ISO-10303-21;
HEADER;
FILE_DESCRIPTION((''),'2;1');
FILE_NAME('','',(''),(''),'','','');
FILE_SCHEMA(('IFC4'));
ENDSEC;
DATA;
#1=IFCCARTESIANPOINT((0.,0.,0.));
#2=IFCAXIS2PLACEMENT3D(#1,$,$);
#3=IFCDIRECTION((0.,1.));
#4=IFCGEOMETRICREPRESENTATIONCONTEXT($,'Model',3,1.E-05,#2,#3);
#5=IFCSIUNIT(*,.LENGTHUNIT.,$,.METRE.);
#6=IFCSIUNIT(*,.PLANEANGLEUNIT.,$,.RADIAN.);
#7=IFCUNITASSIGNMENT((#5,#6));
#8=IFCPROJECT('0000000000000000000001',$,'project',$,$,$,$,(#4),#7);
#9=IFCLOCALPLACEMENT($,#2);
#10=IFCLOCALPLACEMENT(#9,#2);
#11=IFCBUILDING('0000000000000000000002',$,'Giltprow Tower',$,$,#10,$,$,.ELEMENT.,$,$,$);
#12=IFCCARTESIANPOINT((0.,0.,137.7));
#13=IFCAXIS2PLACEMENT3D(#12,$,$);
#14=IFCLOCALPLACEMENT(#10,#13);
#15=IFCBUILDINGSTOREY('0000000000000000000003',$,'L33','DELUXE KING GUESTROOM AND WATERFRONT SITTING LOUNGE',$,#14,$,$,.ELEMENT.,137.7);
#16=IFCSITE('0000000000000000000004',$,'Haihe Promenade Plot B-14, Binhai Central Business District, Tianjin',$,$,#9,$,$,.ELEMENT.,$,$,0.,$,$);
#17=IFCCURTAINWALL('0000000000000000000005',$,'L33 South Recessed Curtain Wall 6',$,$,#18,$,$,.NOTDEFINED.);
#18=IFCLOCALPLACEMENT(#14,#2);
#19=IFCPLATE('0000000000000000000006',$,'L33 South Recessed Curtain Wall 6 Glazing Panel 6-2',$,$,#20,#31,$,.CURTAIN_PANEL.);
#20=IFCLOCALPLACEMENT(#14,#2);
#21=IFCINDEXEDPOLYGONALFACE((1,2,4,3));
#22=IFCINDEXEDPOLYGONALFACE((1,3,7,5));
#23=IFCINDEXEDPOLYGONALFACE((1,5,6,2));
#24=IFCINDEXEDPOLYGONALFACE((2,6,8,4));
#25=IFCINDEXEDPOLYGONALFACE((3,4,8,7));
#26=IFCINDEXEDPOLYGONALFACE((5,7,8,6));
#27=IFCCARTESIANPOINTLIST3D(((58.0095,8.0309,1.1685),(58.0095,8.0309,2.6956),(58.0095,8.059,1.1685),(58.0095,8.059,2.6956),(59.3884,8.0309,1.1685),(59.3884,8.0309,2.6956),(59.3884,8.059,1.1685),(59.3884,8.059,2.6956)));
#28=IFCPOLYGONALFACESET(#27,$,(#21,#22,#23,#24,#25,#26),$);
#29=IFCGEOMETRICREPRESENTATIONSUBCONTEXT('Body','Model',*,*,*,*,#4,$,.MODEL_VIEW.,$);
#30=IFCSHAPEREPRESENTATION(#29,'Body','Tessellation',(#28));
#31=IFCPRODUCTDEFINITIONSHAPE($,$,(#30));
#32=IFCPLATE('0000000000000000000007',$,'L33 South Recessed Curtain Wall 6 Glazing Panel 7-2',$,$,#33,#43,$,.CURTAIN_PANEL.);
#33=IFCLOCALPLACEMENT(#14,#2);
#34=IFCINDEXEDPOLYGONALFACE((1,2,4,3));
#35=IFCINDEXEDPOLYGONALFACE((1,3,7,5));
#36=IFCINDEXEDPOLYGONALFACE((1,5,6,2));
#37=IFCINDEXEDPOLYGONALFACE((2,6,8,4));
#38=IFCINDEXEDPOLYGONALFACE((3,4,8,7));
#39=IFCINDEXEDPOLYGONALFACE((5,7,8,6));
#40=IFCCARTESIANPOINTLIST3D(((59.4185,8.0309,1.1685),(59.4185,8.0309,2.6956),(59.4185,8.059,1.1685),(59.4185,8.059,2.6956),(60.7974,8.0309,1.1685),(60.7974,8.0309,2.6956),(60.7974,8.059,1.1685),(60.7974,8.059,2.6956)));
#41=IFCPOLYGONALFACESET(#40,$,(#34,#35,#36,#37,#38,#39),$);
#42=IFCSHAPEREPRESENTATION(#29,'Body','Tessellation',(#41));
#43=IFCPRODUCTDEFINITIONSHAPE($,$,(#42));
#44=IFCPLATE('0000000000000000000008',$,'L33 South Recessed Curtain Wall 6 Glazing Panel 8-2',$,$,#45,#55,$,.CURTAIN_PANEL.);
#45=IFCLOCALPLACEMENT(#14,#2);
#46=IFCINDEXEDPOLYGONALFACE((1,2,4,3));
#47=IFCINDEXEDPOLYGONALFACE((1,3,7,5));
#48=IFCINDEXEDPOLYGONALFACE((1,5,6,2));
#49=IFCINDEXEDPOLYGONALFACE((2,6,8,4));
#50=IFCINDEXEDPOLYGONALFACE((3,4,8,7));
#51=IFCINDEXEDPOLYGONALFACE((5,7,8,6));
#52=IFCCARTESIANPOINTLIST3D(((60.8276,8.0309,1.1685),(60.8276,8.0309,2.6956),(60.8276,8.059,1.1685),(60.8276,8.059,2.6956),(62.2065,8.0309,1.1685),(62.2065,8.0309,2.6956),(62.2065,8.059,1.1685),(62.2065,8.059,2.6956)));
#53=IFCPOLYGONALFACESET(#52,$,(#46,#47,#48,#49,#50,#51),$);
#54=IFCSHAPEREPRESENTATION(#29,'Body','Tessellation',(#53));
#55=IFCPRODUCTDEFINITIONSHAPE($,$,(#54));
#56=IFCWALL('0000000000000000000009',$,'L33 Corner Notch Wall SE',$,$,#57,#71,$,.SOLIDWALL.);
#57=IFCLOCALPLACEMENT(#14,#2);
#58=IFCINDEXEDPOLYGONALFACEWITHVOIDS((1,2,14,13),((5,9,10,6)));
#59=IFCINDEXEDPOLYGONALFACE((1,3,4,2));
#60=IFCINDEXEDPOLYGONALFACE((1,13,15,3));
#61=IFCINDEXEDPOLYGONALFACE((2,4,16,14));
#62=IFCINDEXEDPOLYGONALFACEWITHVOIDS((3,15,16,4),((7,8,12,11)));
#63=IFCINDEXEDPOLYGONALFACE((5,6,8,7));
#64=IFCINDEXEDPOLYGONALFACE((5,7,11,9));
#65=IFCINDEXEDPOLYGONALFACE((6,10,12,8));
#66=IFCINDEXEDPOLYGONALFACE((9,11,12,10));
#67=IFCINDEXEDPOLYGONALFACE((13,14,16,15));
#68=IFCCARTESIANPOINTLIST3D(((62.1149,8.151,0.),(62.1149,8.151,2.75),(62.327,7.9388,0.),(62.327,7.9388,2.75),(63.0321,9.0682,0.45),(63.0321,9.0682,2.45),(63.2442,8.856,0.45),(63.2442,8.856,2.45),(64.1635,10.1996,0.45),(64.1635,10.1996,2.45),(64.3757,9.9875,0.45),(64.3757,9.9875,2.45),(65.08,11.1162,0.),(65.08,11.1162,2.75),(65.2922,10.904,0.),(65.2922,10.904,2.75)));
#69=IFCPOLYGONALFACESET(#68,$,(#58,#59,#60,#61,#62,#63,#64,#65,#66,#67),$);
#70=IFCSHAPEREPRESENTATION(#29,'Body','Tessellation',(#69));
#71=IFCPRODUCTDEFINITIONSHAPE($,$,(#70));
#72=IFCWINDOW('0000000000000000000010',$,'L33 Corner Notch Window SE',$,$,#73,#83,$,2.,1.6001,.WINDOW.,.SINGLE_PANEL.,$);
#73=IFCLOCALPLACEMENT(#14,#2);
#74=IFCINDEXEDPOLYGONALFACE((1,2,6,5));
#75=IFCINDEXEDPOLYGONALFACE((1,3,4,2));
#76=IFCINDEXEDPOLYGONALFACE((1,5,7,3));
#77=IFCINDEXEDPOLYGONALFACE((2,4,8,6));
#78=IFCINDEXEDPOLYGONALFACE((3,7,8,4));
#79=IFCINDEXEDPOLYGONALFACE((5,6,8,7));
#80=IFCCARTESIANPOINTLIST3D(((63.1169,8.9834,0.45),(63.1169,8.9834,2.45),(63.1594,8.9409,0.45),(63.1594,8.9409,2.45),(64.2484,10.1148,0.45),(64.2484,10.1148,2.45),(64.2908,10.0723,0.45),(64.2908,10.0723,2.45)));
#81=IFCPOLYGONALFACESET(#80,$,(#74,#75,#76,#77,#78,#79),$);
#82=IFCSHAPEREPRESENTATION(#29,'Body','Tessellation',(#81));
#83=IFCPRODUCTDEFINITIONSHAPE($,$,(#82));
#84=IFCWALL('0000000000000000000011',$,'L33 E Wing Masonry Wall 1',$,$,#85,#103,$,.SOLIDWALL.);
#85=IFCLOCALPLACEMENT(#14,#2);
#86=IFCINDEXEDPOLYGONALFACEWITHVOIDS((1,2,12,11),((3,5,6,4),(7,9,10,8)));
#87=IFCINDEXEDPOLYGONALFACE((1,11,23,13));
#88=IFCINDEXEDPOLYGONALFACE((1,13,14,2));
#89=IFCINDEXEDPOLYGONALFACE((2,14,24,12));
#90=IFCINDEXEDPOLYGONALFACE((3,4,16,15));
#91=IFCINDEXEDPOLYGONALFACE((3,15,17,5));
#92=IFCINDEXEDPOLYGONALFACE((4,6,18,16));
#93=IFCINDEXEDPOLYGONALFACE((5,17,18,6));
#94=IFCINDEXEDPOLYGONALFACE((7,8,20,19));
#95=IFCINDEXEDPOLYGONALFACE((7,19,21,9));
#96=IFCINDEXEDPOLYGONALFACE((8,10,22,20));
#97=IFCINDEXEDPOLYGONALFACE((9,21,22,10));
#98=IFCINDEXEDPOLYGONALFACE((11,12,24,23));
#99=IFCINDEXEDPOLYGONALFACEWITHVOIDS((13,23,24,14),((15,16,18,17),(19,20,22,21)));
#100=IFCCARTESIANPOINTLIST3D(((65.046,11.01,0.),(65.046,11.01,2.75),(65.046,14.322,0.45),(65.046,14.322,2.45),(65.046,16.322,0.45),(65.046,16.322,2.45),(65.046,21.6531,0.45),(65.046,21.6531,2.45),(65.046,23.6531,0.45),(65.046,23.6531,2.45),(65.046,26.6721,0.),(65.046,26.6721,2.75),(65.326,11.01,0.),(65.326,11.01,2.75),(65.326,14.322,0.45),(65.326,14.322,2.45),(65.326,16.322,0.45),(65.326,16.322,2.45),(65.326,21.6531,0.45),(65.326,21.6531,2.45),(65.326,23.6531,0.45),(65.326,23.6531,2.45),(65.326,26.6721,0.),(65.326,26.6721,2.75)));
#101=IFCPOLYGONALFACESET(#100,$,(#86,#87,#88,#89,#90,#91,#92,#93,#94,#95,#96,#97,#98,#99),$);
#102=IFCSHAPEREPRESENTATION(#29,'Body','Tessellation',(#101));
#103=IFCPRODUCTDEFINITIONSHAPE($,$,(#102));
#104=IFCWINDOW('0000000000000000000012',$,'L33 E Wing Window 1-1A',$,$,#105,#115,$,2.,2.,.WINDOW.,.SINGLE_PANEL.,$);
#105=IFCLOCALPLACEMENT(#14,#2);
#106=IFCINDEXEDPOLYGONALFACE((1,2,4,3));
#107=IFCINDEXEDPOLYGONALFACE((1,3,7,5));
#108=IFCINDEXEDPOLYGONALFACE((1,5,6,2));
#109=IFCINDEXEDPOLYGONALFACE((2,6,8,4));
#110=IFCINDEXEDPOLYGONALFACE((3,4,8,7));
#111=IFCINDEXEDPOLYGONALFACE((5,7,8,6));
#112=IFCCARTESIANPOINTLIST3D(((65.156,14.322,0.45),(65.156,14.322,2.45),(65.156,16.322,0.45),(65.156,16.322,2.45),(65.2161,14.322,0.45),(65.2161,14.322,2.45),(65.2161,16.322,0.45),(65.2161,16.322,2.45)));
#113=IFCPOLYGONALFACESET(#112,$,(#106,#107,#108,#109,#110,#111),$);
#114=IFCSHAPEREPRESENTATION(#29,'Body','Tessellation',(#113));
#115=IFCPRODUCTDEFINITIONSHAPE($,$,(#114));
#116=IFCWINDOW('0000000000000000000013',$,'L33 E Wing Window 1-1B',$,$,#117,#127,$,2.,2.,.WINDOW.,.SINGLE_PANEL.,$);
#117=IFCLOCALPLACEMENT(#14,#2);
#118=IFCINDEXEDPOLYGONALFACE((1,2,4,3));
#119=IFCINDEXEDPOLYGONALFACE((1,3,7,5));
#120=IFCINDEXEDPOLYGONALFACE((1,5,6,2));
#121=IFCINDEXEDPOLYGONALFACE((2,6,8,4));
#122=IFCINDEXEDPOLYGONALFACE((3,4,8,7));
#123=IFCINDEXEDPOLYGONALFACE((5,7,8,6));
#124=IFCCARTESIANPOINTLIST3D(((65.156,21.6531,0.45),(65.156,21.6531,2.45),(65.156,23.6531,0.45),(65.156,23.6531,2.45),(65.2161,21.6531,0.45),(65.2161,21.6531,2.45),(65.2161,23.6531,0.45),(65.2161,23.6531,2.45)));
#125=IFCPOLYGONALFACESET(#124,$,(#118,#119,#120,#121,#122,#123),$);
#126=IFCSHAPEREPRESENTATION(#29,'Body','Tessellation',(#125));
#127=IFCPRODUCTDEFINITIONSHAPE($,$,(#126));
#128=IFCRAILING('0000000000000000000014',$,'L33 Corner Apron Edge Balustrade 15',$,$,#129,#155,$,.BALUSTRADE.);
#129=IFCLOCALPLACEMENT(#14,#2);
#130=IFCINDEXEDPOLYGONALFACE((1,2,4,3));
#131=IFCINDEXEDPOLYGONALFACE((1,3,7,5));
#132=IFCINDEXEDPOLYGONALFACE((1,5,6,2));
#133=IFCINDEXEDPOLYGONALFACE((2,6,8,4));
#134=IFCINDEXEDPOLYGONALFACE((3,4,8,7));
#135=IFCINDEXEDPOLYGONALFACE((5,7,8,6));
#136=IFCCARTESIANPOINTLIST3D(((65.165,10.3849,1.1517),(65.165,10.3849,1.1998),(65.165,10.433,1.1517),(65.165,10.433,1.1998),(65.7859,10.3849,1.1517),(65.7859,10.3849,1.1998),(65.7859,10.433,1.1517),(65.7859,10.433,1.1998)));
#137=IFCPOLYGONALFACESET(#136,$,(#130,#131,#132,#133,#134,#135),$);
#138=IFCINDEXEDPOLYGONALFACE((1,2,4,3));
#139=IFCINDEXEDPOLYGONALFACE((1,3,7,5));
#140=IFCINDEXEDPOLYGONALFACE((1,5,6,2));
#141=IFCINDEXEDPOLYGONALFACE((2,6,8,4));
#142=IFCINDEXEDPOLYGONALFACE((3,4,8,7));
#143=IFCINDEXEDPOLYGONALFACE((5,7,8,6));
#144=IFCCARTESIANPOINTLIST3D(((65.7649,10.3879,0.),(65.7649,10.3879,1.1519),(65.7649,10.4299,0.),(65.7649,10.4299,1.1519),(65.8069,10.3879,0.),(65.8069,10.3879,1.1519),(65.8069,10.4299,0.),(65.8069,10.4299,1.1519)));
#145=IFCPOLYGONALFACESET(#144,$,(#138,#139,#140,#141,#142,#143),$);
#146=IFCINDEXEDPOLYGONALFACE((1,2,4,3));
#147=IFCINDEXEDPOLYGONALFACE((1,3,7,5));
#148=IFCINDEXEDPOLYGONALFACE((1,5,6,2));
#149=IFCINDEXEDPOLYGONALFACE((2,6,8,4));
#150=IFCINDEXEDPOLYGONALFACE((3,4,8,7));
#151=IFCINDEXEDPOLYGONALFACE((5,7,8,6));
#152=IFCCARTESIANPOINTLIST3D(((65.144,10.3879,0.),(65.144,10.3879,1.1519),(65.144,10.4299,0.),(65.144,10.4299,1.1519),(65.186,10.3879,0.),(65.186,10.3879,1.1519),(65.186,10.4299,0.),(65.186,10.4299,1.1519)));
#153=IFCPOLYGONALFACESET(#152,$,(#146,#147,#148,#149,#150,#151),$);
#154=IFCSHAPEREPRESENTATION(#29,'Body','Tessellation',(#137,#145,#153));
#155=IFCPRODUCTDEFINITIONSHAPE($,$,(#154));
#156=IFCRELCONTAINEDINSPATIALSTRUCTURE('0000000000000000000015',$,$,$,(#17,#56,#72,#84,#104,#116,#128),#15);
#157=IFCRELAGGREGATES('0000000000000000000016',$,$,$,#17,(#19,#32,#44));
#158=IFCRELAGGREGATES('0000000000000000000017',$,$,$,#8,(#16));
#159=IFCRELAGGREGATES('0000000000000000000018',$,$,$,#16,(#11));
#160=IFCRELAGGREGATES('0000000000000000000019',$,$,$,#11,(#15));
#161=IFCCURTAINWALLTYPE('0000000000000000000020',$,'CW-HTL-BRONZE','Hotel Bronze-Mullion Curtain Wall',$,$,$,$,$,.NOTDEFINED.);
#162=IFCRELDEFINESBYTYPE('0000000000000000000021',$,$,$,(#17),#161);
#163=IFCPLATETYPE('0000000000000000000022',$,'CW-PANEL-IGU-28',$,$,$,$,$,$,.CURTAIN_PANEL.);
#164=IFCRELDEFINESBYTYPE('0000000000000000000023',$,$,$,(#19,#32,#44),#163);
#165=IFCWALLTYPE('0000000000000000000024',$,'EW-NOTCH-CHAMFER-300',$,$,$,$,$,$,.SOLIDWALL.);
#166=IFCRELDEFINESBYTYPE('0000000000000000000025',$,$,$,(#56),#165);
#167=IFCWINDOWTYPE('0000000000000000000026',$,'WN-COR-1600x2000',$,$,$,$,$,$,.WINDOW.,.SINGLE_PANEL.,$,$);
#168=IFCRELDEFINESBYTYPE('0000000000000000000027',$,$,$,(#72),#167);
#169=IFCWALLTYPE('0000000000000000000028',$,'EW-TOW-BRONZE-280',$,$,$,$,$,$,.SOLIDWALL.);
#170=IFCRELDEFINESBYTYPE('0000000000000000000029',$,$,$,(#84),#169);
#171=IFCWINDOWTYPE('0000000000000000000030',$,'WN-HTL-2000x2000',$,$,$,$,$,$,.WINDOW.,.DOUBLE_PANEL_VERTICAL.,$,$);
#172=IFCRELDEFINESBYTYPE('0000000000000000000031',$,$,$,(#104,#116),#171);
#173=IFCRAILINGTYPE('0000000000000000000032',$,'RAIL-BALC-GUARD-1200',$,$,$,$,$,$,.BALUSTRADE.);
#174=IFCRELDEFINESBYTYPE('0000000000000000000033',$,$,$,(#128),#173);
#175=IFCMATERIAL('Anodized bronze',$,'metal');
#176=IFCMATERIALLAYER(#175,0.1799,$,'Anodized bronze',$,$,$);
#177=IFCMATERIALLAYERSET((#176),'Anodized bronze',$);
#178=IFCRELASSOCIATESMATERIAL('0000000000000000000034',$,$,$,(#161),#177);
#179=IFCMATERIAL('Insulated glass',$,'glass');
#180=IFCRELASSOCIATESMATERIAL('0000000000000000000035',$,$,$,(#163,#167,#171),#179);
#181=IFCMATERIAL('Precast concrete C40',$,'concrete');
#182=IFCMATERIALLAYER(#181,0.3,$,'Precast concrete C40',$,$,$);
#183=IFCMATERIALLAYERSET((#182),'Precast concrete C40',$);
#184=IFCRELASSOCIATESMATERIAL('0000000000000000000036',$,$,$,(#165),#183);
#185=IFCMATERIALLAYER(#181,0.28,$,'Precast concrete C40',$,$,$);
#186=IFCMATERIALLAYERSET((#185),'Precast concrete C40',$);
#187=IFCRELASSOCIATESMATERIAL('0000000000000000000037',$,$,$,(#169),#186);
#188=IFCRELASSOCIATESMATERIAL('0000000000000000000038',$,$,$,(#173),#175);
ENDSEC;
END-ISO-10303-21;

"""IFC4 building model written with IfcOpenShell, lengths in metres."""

from ifc_helpers import new_model, si_unit, direction, frame, frame_2d, origin, origin_2d, place, context, subcontext, project, spatial, rectangle, extrude, source, transform, mapped, material, layer, layer_set, type_object, element, fill, aggregate, save


model = new_model("IFC4")

# Units and contexts
model_context = context("Model", 3, precision=1e-05, world=origin(), true_north=direction((0.0, 1.0)))
body_context = subcontext(model_context, "Body", "Model", "MODEL_VIEW")
ifc_project = project(units=[si_unit("LENGTHUNIT", "METRE"), si_unit("PLANEANGLEUNIT", "RADIAN")], contexts=[model_context])

# Site, building, storey
site_placement = place(None, origin())
site = spatial("IfcSite", under=ifc_project, at=site_placement, Name="Haihe Promenade Plot B-14, Binhai Central Business District, Tianjin", CompositionType="ELEMENT", RefElevation=0.0)
building_placement = place(site_placement, origin())
building = spatial("IfcBuilding", under=site, at=building_placement, Name="Giltprow Tower", CompositionType="ELEMENT")
storey_placement = place(building_placement, frame((0.0, 0.0, 137.7)))
storey = spatial("IfcBuildingStorey", under=building, at=storey_placement, Name="L33", Description="DELUXE KING GUESTROOM AND WATERFRONT SITTING LOUNGE", CompositionType="ELEMENT", Elevation=137.7)

# Curtain wall, plates
ifc_material_1 = material(Name="Anodized bronze", Category="metal")
ifc_layer_1 = layer(ifc_material_1, 0.1799, Name="Anodized bronze")
ifc_layer_set_1 = layer_set([ifc_layer_1], Name="Anodized bronze")
curtain_wall_type = type_object("IfcCurtainWallType", Name="CW-HTL-BRONZE", Description="Hotel Bronze-Mullion Curtain Wall", PredefinedType="NOTDEFINED", material=ifc_layer_set_1)
curtain_wall_placement = place(storey_placement, origin())
curtain_wall = element("IfcCurtainWall", 1, at=curtain_wall_placement, inside=storey, type_object=curtain_wall_type, Name="L33 South Recessed Curtain Wall 6", PredefinedType="NOTDEFINED")
ifc_material_2 = material(Name="Insulated glass", Category="glass")
plate_type = type_object("IfcPlateType", Name="CW-PANEL-IGU-28", PredefinedType="CURTAIN_PANEL", material=ifc_material_2)
shared_shape_1 = source(origin(), body_context, "Body", "SweptSolid", [
    extrude(rectangle(XDim=1.3789, YDim=0.0281, at=origin_2d()), origin(), (0.0, 0.0, 1.0), 1.5271),
])
plate_1_placement = place(storey_placement, frame((58.699, 8.0449, 1.1685), z_axis=(0.0, 0.0, 1.0), x_axis=(1.0, 0.0, 0.0)))
plate_1 = element("IfcPlate", 2, at=plate_1_placement, type_object=plate_type, Name="L33 South Recessed Curtain Wall 6 Glazing Panel 6-2", PredefinedType="CURTAIN_PANEL", context=body_context, shape_type="MappedRepresentation", body=[
    mapped(shared_shape_1, transform((0.0, 0.0, 0.0), x_axis=(1.0, 0.0, 0.0), y_axis=(0.0, 1.0, 0.0), z_axis=(0.0, 0.0, 1.0), scale=1.0)),
])
plate_2_placement = place(storey_placement, frame((60.1079, 8.0449, 1.1685), z_axis=(0.0, 0.0, 1.0), x_axis=(1.0, 0.0, 0.0)))
plate_2 = element("IfcPlate", 3, at=plate_2_placement, type_object=plate_type, Name="L33 South Recessed Curtain Wall 6 Glazing Panel 7-2", PredefinedType="CURTAIN_PANEL", context=body_context, shape_type="MappedRepresentation", body=[
    mapped(shared_shape_1, transform((0.0, 0.0, 0.0), x_axis=(1.0, 0.0, 0.0), y_axis=(0.0, 1.0, 0.0), z_axis=(0.0, 0.0, 1.0), scale=1.0)),
])
plate_3_placement = place(storey_placement, frame((61.5171, 8.0449, 1.1685), z_axis=(0.0, 0.0, 1.0), x_axis=(1.0, 0.0, 0.0)))
plate_3 = element("IfcPlate", 4, at=plate_3_placement, type_object=plate_type, Name="L33 South Recessed Curtain Wall 6 Glazing Panel 8-2", PredefinedType="CURTAIN_PANEL", context=body_context, shape_type="MappedRepresentation", body=[
    mapped(shared_shape_1, transform((0.0, 0.0, 0.0), x_axis=(1.0, 0.0, 0.0), y_axis=(0.0, 1.0, 0.0), z_axis=(0.0, 0.0, 1.0), scale=1.0)),
])
aggregate(curtain_wall, [plate_1, plate_2, plate_3])

# Wall, opening, window
ifc_material_3 = material(Name="Precast concrete C40", Category="concrete")
ifc_layer_2 = layer(ifc_material_3, 0.3, Name="Precast concrete C40")
ifc_layer_set_2 = layer_set([ifc_layer_2], Name="Precast concrete C40")
wall_type_1 = type_object("IfcWallType", Name="EW-NOTCH-CHAMFER-300", PredefinedType="SOLIDWALL", material=ifc_layer_set_2)
wall_1_placement = place(storey_placement, frame((62.2209, 8.0449, 0.0), z_axis=(0.0, 0.0, 1.0), x_axis=(0.707107, 0.707107, 0.0)))
wall_1 = element("IfcWall", 5, at=wall_1_placement, inside=storey, type_object=wall_type_1, Name="L33 Corner Notch Wall SE", PredefinedType="SOLIDWALL", context=body_context, shape_type="SweptSolid", body=[
    extrude(rectangle(XDim=4.1934, YDim=0.3, at=frame_2d((2.0967, 0.0))), origin(), (0.0, 0.0, 1.0), 2.75),
])
opening_1_placement = place(wall_1_placement, frame((1.2971, 0.0, 0.45)))
opening_1 = element("IfcOpeningElement", 6, at=opening_1_placement, cuts=wall_1, PredefinedType="OPENING", context=body_context, shape_type="SweptSolid", body=[
    extrude(rectangle(XDim=1.6001, YDim=2.0, at=frame_2d((0.8, 1.0))), frame((0.0, 0.1599, 0.0), z_axis=(0.0, -1.0, 0.0), x_axis=(1.0, 0.0, 0.0)), (0.0, 0.0, 1.0), 0.3201),
])
window_type_1 = type_object("IfcWindowType", Name="WN-COR-1600x2000", PartitioningType="SINGLE_PANEL", PredefinedType="WINDOW", material=ifc_material_2)
shared_shape_2 = source(origin(), body_context, "Body", "SweptSolid", [
    extrude(rectangle(XDim=1.6001, YDim=2.0, at=frame_2d((0.8, 1.0))), frame((0.0, 0.03, 0.0), z_axis=(0.0, -1.0, 0.0), x_axis=(1.0, 0.0, 0.0)), (0.0, 0.0, 1.0), 0.0601),
])
window_1_placement = place(opening_1_placement, origin())
window_1 = element("IfcWindow", 7, at=window_1_placement, inside=storey, type_object=window_type_1, Name="L33 Corner Notch Window SE", OverallHeight=2.0, OverallWidth=1.6001, PartitioningType="SINGLE_PANEL", PredefinedType="WINDOW", context=body_context, shape_type="MappedRepresentation", body=[
    mapped(shared_shape_2, transform((0.0, 0.0, 0.0), x_axis=(1.0, 0.0, 0.0), y_axis=(0.0, 1.0, 0.0), z_axis=(0.0, 0.0, 1.0), scale=1.0)),
])
fill(opening_1, window_1)

# Wall, openings, windows
ifc_layer_3 = layer(ifc_material_3, 0.28, Name="Precast concrete C40")
ifc_layer_set_3 = layer_set([ifc_layer_3], Name="Precast concrete C40")
wall_type_2 = type_object("IfcWallType", Name="EW-TOW-BRONZE-280", PredefinedType="SOLIDWALL", material=ifc_layer_set_3)
wall_2_placement = place(storey_placement, frame((65.186, 11.01, 0.0), z_axis=(0.0, 0.0, 1.0), x_axis=(0.0, 1.0, 0.0)))
wall_2 = element("IfcWall", 8, at=wall_2_placement, inside=storey, type_object=wall_type_2, Name="L33 E Wing Masonry Wall 1", PredefinedType="SOLIDWALL", context=body_context, shape_type="SweptSolid", body=[
    extrude(rectangle(XDim=15.6621, YDim=0.28, at=frame_2d((7.8311, 0.0))), origin(), (0.0, 0.0, 1.0), 2.75),
])
opening_2_placement = place(wall_2_placement, frame((3.312, 0.0, 0.45)))
opening_2 = element("IfcOpeningElement", 9, at=opening_2_placement, cuts=wall_2, PredefinedType="OPENING", context=body_context, shape_type="SweptSolid", body=[
    extrude(rectangle(XDim=2.0, YDim=2.0, at=frame_2d((1.0, 1.0))), frame((0.0, 0.1499, 0.0), z_axis=(0.0, -1.0, 0.0), x_axis=(1.0, 0.0, 0.0)), (0.0, 0.0, 1.0), 0.3),
])
opening_3_placement = place(wall_2_placement, frame((10.6431, 0.0, 0.45)))
opening_3 = element("IfcOpeningElement", 10, at=opening_3_placement, cuts=wall_2, PredefinedType="OPENING", context=body_context, shape_type="SweptSolid", body=[
    extrude(rectangle(XDim=2.0, YDim=2.0, at=frame_2d((1.0, 1.0))), frame((0.0, 0.1499, 0.0), z_axis=(0.0, -1.0, 0.0), x_axis=(1.0, 0.0, 0.0)), (0.0, 0.0, 1.0), 0.3),
])
window_type_2 = type_object("IfcWindowType", Name="WN-HTL-2000x2000", PartitioningType="DOUBLE_PANEL_VERTICAL", PredefinedType="WINDOW", material=ifc_material_2)
shared_shape_3 = source(origin(), body_context, "Body", "SweptSolid", [
    extrude(rectangle(XDim=2.0, YDim=2.0, at=frame_2d((1.0, 1.0))), frame((0.0, 0.03, 0.0), z_axis=(0.0, -1.0, 0.0), x_axis=(1.0, 0.0, 0.0)), (0.0, 0.0, 1.0), 0.0601),
])
window_2_placement = place(opening_2_placement, origin())
window_2 = element("IfcWindow", 11, at=window_2_placement, inside=storey, type_object=window_type_2, Name="L33 E Wing Window 1-1A", OverallHeight=2.0, OverallWidth=2.0, PartitioningType="SINGLE_PANEL", PredefinedType="WINDOW", context=body_context, shape_type="MappedRepresentation", body=[
    mapped(shared_shape_3, transform((0.0, 0.0, 0.0), x_axis=(1.0, 0.0, 0.0), y_axis=(0.0, 1.0, 0.0), z_axis=(0.0, 0.0, 1.0), scale=1.0)),
])
fill(opening_2, window_2)
window_3_placement = place(opening_3_placement, origin())
window_3 = element("IfcWindow", 12, at=window_3_placement, inside=storey, type_object=window_type_2, Name="L33 E Wing Window 1-1B", OverallHeight=2.0, OverallWidth=2.0, PartitioningType="SINGLE_PANEL", PredefinedType="WINDOW", context=body_context, shape_type="MappedRepresentation", body=[
    mapped(shared_shape_3, transform((0.0, 0.0, 0.0), x_axis=(1.0, 0.0, 0.0), y_axis=(0.0, 1.0, 0.0), z_axis=(0.0, 0.0, 1.0), scale=1.0)),
])
fill(opening_3, window_3)

# Railing
railing_type = type_object("IfcRailingType", Name="RAIL-BALC-GUARD-1200", PredefinedType="BALUSTRADE", material=ifc_material_1)
railing_1_placement = place(storey_placement, frame((65.7859, 10.4089, 0.0)))
element("IfcRailing", 13, at=railing_1_placement, inside=storey, type_object=railing_type, Name="L33 Corner Apron Edge Balustrade 15", PredefinedType="BALUSTRADE", context=body_context, shape_type="SweptSolid", body=[
    extrude(rectangle(XDim=0.0481, YDim=0.0481, at=origin_2d()), frame((0.0, 0.0, 1.1758), z_axis=(-1.0, 0.0, 0.0), x_axis=(0.0, -1.0, 0.0)), (0.0, 0.0, 1.0), 0.6208),
    extrude(rectangle(XDim=0.042, YDim=0.042, at=origin_2d()), origin(), (0.0, 0.0, 1.0), 1.1519),
    extrude(rectangle(XDim=0.042, YDim=0.042, at=origin_2d()), frame((-0.6208, 0.0, 0.0)), (0.0, 0.0, 1.0), 1.1519),
])

save(model, "model.ifc")
